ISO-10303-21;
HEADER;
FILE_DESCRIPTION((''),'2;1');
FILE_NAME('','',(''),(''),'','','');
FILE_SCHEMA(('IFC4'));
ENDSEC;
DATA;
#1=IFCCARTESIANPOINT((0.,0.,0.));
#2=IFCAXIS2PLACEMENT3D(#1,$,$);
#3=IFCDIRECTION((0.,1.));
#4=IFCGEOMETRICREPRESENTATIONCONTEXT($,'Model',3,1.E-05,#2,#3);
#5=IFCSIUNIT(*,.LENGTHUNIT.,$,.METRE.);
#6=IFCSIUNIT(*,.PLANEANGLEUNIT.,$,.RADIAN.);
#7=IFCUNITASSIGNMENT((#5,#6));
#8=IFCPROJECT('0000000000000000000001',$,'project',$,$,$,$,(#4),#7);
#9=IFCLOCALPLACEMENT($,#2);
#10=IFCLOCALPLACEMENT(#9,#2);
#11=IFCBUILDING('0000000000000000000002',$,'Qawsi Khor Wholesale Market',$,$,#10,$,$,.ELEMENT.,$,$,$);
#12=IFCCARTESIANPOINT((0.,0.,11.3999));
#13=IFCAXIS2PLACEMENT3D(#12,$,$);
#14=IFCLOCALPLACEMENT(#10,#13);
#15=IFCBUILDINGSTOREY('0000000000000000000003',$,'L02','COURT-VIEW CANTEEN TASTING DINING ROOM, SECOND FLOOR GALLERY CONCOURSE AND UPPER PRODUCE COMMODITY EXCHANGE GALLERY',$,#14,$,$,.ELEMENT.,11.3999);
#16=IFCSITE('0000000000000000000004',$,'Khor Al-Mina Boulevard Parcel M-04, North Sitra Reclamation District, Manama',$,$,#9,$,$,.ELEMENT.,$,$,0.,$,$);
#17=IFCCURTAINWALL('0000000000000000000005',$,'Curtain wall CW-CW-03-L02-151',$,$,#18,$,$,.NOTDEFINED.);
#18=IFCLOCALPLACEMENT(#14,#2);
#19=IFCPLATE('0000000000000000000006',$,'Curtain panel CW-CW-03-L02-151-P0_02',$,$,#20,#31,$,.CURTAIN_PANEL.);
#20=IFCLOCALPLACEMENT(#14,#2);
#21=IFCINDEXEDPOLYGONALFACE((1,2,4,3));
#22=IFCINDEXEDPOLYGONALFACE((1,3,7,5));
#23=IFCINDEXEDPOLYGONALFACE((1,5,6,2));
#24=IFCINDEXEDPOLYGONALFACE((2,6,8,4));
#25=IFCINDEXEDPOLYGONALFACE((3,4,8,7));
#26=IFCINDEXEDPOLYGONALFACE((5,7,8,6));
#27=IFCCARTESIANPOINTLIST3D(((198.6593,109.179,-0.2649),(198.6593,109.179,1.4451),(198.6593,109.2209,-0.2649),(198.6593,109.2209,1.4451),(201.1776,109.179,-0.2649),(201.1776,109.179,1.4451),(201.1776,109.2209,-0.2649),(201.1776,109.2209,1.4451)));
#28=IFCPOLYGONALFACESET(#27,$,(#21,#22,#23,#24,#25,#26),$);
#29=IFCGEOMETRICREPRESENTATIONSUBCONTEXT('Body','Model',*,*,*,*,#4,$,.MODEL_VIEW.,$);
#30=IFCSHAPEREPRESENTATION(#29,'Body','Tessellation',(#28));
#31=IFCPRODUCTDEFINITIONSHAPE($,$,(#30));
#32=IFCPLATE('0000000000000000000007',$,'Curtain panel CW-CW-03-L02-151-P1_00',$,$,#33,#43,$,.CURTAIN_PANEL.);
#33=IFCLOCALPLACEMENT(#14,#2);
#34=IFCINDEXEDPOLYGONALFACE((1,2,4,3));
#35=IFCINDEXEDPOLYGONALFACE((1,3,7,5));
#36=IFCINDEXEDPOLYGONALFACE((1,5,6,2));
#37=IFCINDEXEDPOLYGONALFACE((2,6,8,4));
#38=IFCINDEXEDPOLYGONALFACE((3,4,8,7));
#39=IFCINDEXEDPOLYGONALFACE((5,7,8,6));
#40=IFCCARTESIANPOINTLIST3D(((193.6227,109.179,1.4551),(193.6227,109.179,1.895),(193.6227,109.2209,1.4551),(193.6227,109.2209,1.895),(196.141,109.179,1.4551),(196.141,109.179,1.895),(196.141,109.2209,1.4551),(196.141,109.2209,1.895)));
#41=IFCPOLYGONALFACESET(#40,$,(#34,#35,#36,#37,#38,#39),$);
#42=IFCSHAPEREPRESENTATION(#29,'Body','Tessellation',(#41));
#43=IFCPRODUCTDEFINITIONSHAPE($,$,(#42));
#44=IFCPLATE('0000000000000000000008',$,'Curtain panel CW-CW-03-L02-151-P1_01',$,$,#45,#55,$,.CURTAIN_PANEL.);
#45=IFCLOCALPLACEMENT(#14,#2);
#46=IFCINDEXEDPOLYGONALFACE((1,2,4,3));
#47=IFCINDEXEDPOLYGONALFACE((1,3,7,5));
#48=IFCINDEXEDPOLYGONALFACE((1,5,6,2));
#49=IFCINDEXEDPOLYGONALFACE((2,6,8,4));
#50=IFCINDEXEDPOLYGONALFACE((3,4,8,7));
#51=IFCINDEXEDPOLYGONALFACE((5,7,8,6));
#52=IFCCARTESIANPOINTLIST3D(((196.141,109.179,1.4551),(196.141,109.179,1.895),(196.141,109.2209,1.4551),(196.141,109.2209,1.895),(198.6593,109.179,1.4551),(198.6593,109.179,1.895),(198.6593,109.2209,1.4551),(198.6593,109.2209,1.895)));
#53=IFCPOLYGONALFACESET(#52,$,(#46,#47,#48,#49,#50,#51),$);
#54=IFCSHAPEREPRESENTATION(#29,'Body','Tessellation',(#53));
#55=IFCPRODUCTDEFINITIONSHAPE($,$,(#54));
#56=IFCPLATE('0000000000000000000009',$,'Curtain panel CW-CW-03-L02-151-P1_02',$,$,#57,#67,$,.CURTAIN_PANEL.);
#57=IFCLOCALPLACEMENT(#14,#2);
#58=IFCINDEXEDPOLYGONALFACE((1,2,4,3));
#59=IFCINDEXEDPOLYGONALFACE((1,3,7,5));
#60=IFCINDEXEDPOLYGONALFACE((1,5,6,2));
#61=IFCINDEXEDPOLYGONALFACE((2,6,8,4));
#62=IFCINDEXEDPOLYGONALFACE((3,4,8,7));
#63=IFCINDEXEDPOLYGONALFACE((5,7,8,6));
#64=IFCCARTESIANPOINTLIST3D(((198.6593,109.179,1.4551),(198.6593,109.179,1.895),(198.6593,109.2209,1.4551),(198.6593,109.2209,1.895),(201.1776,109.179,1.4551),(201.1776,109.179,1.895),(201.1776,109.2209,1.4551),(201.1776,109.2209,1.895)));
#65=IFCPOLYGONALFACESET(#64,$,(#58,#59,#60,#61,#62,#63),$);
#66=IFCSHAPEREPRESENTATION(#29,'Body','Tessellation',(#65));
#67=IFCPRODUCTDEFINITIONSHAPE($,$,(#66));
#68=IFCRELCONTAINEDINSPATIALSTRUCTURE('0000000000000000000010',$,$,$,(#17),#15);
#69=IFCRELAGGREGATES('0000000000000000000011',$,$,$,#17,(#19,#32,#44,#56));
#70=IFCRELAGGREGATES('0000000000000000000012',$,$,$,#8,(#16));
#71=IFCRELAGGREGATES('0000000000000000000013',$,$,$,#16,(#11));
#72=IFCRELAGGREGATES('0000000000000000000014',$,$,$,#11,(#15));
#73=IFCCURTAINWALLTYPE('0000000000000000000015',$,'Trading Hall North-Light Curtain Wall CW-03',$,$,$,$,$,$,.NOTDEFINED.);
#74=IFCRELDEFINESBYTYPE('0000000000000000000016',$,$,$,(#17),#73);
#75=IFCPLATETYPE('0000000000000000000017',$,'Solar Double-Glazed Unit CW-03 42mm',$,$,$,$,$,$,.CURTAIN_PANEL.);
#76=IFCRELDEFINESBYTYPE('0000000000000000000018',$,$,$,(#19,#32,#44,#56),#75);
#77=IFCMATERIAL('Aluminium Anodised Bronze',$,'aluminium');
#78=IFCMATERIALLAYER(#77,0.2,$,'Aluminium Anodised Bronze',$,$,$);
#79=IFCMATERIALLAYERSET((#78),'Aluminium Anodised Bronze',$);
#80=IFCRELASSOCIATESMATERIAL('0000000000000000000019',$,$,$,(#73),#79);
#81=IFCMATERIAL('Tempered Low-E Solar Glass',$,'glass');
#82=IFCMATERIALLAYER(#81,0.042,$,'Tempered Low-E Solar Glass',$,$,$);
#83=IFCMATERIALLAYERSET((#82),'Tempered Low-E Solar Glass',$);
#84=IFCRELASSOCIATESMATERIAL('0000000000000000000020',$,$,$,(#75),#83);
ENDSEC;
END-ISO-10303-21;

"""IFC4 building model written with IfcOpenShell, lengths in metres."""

from ifc_helpers import new_model, si_unit, direction, frame, frame_2d, origin, place, context, subcontext, project, spatial, rectangle, extrude, material, layer, layer_set, type_object, element, aggregate, save


model = new_model("IFC4")

# Units and contexts
model_context = context("Model", 3, precision=1e-05, world=origin(), true_north=direction((0.0, 1.0)))
body_context = subcontext(model_context, "Body", "Model", "MODEL_VIEW")
ifc_project = project(units=[si_unit("LENGTHUNIT", "METRE"), si_unit("PLANEANGLEUNIT", "RADIAN")], contexts=[model_context])

# Site, building, storey
site_placement = place(None, origin())
site = spatial("IfcSite", under=ifc_project, at=site_placement, Name="Khor Al-Mina Boulevard Parcel M-04, North Sitra Reclamation District, Manama", CompositionType="ELEMENT", RefElevation=0.0)
building_placement = place(site_placement, origin())
building = spatial("IfcBuilding", under=site, at=building_placement, Name="Qawsi Khor Wholesale Market", CompositionType="ELEMENT")
storey_placement = place(building_placement, frame((0.0, 0.0, 11.3999)))
storey = spatial("IfcBuildingStorey", under=building, at=storey_placement, Name="L02", Description="COURT-VIEW CANTEEN TASTING DINING ROOM, SECOND FLOOR GALLERY CONCOURSE AND UPPER PRODUCE COMMODITY EXCHANGE GALLERY", CompositionType="ELEMENT", Elevation=11.3999)

# Curtain wall
ifc_material_1 = material(Name="Aluminium Anodised Bronze", Category="aluminium")
ifc_layer_1 = layer(ifc_material_1, 0.2, Name="Aluminium Anodised Bronze")
ifc_layer_set_1 = layer_set([ifc_layer_1], Name="Aluminium Anodised Bronze")
curtain_wall_type = type_object("IfcCurtainWallType", Name="Trading Hall North-Light Curtain Wall CW-03", PredefinedType="NOTDEFINED", material=ifc_layer_set_1)
curtain_wall_placement = place(storey_placement, origin())
curtain_wall = element("IfcCurtainWall", 1, at=curtain_wall_placement, inside=storey, type_object=curtain_wall_type, Name="Curtain wall CW-CW-03-L02-151", PredefinedType="NOTDEFINED")

# Plates
ifc_material_2 = material(Name="Tempered Low-E Solar Glass", Category="glass")
ifc_layer_2 = layer(ifc_material_2, 0.042, Name="Tempered Low-E Solar Glass")
ifc_layer_set_2 = layer_set([ifc_layer_2], Name="Tempered Low-E Solar Glass")
plate_type = type_object("IfcPlateType", Name="Solar Double-Glazed Unit CW-03 42mm", PredefinedType="CURTAIN_PANEL", material=ifc_layer_set_2)
plate_1_placement = place(storey_placement, frame((198.6592, 109.2, -0.2649), z_axis=(0.0, 0.0, 1.0), x_axis=(1.0, 0.0, 0.0)))
plate_1 = element("IfcPlate", 2, at=plate_1_placement, type_object=plate_type, Name="Curtain panel CW-CW-03-L02-151-P0_02", PredefinedType="CURTAIN_PANEL", context=body_context, shape_type="SweptSolid", body=[
    extrude(rectangle(XDim=2.5183, YDim=0.042, at=frame_2d((1.2593, 0.0))), origin(), (0.0, 0.0, 1.0), 1.71),
])
plate_2_placement = place(storey_placement, frame((193.6226, 109.2, 1.4551), z_axis=(0.0, 0.0, 1.0), x_axis=(1.0, 0.0, 0.0)))
plate_2 = element("IfcPlate", 3, at=plate_2_placement, type_object=plate_type, Name="Curtain panel CW-CW-03-L02-151-P1_00", PredefinedType="CURTAIN_PANEL", context=body_context, shape_type="SweptSolid", body=[
    extrude(rectangle(XDim=2.5183, YDim=0.042, at=frame_2d((1.2593, 0.0))), origin(), (0.0, 0.0, 1.0), 0.4399),
])
plate_3_placement = place(storey_placement, frame((196.1409, 109.2, 1.4551), z_axis=(0.0, 0.0, 1.0), x_axis=(1.0, 0.0, 0.0)))
plate_3 = element("IfcPlate", 4, at=plate_3_placement, type_object=plate_type, Name="Curtain panel CW-CW-03-L02-151-P1_01", PredefinedType="CURTAIN_PANEL", context=body_context, shape_type="SweptSolid", body=[
    extrude(rectangle(XDim=2.5183, YDim=0.042, at=frame_2d((1.2593, 0.0))), origin(), (0.0, 0.0, 1.0), 0.4399),
])
plate_4_placement = place(storey_placement, frame((198.6592, 109.2, 1.4551), z_axis=(0.0, 0.0, 1.0), x_axis=(1.0, 0.0, 0.0)))
plate_4 = element("IfcPlate", 5, at=plate_4_placement, type_object=plate_type, Name="Curtain panel CW-CW-03-L02-151-P1_02", PredefinedType="CURTAIN_PANEL", context=body_context, shape_type="SweptSolid", body=[
    extrude(rectangle(XDim=2.5183, YDim=0.042, at=frame_2d((1.2593, 0.0))), origin(), (0.0, 0.0, 1.0), 0.4399),
])
aggregate(curtain_wall, [plate_1, plate_2, plate_3, plate_4])

save(model, "model.ifc")
